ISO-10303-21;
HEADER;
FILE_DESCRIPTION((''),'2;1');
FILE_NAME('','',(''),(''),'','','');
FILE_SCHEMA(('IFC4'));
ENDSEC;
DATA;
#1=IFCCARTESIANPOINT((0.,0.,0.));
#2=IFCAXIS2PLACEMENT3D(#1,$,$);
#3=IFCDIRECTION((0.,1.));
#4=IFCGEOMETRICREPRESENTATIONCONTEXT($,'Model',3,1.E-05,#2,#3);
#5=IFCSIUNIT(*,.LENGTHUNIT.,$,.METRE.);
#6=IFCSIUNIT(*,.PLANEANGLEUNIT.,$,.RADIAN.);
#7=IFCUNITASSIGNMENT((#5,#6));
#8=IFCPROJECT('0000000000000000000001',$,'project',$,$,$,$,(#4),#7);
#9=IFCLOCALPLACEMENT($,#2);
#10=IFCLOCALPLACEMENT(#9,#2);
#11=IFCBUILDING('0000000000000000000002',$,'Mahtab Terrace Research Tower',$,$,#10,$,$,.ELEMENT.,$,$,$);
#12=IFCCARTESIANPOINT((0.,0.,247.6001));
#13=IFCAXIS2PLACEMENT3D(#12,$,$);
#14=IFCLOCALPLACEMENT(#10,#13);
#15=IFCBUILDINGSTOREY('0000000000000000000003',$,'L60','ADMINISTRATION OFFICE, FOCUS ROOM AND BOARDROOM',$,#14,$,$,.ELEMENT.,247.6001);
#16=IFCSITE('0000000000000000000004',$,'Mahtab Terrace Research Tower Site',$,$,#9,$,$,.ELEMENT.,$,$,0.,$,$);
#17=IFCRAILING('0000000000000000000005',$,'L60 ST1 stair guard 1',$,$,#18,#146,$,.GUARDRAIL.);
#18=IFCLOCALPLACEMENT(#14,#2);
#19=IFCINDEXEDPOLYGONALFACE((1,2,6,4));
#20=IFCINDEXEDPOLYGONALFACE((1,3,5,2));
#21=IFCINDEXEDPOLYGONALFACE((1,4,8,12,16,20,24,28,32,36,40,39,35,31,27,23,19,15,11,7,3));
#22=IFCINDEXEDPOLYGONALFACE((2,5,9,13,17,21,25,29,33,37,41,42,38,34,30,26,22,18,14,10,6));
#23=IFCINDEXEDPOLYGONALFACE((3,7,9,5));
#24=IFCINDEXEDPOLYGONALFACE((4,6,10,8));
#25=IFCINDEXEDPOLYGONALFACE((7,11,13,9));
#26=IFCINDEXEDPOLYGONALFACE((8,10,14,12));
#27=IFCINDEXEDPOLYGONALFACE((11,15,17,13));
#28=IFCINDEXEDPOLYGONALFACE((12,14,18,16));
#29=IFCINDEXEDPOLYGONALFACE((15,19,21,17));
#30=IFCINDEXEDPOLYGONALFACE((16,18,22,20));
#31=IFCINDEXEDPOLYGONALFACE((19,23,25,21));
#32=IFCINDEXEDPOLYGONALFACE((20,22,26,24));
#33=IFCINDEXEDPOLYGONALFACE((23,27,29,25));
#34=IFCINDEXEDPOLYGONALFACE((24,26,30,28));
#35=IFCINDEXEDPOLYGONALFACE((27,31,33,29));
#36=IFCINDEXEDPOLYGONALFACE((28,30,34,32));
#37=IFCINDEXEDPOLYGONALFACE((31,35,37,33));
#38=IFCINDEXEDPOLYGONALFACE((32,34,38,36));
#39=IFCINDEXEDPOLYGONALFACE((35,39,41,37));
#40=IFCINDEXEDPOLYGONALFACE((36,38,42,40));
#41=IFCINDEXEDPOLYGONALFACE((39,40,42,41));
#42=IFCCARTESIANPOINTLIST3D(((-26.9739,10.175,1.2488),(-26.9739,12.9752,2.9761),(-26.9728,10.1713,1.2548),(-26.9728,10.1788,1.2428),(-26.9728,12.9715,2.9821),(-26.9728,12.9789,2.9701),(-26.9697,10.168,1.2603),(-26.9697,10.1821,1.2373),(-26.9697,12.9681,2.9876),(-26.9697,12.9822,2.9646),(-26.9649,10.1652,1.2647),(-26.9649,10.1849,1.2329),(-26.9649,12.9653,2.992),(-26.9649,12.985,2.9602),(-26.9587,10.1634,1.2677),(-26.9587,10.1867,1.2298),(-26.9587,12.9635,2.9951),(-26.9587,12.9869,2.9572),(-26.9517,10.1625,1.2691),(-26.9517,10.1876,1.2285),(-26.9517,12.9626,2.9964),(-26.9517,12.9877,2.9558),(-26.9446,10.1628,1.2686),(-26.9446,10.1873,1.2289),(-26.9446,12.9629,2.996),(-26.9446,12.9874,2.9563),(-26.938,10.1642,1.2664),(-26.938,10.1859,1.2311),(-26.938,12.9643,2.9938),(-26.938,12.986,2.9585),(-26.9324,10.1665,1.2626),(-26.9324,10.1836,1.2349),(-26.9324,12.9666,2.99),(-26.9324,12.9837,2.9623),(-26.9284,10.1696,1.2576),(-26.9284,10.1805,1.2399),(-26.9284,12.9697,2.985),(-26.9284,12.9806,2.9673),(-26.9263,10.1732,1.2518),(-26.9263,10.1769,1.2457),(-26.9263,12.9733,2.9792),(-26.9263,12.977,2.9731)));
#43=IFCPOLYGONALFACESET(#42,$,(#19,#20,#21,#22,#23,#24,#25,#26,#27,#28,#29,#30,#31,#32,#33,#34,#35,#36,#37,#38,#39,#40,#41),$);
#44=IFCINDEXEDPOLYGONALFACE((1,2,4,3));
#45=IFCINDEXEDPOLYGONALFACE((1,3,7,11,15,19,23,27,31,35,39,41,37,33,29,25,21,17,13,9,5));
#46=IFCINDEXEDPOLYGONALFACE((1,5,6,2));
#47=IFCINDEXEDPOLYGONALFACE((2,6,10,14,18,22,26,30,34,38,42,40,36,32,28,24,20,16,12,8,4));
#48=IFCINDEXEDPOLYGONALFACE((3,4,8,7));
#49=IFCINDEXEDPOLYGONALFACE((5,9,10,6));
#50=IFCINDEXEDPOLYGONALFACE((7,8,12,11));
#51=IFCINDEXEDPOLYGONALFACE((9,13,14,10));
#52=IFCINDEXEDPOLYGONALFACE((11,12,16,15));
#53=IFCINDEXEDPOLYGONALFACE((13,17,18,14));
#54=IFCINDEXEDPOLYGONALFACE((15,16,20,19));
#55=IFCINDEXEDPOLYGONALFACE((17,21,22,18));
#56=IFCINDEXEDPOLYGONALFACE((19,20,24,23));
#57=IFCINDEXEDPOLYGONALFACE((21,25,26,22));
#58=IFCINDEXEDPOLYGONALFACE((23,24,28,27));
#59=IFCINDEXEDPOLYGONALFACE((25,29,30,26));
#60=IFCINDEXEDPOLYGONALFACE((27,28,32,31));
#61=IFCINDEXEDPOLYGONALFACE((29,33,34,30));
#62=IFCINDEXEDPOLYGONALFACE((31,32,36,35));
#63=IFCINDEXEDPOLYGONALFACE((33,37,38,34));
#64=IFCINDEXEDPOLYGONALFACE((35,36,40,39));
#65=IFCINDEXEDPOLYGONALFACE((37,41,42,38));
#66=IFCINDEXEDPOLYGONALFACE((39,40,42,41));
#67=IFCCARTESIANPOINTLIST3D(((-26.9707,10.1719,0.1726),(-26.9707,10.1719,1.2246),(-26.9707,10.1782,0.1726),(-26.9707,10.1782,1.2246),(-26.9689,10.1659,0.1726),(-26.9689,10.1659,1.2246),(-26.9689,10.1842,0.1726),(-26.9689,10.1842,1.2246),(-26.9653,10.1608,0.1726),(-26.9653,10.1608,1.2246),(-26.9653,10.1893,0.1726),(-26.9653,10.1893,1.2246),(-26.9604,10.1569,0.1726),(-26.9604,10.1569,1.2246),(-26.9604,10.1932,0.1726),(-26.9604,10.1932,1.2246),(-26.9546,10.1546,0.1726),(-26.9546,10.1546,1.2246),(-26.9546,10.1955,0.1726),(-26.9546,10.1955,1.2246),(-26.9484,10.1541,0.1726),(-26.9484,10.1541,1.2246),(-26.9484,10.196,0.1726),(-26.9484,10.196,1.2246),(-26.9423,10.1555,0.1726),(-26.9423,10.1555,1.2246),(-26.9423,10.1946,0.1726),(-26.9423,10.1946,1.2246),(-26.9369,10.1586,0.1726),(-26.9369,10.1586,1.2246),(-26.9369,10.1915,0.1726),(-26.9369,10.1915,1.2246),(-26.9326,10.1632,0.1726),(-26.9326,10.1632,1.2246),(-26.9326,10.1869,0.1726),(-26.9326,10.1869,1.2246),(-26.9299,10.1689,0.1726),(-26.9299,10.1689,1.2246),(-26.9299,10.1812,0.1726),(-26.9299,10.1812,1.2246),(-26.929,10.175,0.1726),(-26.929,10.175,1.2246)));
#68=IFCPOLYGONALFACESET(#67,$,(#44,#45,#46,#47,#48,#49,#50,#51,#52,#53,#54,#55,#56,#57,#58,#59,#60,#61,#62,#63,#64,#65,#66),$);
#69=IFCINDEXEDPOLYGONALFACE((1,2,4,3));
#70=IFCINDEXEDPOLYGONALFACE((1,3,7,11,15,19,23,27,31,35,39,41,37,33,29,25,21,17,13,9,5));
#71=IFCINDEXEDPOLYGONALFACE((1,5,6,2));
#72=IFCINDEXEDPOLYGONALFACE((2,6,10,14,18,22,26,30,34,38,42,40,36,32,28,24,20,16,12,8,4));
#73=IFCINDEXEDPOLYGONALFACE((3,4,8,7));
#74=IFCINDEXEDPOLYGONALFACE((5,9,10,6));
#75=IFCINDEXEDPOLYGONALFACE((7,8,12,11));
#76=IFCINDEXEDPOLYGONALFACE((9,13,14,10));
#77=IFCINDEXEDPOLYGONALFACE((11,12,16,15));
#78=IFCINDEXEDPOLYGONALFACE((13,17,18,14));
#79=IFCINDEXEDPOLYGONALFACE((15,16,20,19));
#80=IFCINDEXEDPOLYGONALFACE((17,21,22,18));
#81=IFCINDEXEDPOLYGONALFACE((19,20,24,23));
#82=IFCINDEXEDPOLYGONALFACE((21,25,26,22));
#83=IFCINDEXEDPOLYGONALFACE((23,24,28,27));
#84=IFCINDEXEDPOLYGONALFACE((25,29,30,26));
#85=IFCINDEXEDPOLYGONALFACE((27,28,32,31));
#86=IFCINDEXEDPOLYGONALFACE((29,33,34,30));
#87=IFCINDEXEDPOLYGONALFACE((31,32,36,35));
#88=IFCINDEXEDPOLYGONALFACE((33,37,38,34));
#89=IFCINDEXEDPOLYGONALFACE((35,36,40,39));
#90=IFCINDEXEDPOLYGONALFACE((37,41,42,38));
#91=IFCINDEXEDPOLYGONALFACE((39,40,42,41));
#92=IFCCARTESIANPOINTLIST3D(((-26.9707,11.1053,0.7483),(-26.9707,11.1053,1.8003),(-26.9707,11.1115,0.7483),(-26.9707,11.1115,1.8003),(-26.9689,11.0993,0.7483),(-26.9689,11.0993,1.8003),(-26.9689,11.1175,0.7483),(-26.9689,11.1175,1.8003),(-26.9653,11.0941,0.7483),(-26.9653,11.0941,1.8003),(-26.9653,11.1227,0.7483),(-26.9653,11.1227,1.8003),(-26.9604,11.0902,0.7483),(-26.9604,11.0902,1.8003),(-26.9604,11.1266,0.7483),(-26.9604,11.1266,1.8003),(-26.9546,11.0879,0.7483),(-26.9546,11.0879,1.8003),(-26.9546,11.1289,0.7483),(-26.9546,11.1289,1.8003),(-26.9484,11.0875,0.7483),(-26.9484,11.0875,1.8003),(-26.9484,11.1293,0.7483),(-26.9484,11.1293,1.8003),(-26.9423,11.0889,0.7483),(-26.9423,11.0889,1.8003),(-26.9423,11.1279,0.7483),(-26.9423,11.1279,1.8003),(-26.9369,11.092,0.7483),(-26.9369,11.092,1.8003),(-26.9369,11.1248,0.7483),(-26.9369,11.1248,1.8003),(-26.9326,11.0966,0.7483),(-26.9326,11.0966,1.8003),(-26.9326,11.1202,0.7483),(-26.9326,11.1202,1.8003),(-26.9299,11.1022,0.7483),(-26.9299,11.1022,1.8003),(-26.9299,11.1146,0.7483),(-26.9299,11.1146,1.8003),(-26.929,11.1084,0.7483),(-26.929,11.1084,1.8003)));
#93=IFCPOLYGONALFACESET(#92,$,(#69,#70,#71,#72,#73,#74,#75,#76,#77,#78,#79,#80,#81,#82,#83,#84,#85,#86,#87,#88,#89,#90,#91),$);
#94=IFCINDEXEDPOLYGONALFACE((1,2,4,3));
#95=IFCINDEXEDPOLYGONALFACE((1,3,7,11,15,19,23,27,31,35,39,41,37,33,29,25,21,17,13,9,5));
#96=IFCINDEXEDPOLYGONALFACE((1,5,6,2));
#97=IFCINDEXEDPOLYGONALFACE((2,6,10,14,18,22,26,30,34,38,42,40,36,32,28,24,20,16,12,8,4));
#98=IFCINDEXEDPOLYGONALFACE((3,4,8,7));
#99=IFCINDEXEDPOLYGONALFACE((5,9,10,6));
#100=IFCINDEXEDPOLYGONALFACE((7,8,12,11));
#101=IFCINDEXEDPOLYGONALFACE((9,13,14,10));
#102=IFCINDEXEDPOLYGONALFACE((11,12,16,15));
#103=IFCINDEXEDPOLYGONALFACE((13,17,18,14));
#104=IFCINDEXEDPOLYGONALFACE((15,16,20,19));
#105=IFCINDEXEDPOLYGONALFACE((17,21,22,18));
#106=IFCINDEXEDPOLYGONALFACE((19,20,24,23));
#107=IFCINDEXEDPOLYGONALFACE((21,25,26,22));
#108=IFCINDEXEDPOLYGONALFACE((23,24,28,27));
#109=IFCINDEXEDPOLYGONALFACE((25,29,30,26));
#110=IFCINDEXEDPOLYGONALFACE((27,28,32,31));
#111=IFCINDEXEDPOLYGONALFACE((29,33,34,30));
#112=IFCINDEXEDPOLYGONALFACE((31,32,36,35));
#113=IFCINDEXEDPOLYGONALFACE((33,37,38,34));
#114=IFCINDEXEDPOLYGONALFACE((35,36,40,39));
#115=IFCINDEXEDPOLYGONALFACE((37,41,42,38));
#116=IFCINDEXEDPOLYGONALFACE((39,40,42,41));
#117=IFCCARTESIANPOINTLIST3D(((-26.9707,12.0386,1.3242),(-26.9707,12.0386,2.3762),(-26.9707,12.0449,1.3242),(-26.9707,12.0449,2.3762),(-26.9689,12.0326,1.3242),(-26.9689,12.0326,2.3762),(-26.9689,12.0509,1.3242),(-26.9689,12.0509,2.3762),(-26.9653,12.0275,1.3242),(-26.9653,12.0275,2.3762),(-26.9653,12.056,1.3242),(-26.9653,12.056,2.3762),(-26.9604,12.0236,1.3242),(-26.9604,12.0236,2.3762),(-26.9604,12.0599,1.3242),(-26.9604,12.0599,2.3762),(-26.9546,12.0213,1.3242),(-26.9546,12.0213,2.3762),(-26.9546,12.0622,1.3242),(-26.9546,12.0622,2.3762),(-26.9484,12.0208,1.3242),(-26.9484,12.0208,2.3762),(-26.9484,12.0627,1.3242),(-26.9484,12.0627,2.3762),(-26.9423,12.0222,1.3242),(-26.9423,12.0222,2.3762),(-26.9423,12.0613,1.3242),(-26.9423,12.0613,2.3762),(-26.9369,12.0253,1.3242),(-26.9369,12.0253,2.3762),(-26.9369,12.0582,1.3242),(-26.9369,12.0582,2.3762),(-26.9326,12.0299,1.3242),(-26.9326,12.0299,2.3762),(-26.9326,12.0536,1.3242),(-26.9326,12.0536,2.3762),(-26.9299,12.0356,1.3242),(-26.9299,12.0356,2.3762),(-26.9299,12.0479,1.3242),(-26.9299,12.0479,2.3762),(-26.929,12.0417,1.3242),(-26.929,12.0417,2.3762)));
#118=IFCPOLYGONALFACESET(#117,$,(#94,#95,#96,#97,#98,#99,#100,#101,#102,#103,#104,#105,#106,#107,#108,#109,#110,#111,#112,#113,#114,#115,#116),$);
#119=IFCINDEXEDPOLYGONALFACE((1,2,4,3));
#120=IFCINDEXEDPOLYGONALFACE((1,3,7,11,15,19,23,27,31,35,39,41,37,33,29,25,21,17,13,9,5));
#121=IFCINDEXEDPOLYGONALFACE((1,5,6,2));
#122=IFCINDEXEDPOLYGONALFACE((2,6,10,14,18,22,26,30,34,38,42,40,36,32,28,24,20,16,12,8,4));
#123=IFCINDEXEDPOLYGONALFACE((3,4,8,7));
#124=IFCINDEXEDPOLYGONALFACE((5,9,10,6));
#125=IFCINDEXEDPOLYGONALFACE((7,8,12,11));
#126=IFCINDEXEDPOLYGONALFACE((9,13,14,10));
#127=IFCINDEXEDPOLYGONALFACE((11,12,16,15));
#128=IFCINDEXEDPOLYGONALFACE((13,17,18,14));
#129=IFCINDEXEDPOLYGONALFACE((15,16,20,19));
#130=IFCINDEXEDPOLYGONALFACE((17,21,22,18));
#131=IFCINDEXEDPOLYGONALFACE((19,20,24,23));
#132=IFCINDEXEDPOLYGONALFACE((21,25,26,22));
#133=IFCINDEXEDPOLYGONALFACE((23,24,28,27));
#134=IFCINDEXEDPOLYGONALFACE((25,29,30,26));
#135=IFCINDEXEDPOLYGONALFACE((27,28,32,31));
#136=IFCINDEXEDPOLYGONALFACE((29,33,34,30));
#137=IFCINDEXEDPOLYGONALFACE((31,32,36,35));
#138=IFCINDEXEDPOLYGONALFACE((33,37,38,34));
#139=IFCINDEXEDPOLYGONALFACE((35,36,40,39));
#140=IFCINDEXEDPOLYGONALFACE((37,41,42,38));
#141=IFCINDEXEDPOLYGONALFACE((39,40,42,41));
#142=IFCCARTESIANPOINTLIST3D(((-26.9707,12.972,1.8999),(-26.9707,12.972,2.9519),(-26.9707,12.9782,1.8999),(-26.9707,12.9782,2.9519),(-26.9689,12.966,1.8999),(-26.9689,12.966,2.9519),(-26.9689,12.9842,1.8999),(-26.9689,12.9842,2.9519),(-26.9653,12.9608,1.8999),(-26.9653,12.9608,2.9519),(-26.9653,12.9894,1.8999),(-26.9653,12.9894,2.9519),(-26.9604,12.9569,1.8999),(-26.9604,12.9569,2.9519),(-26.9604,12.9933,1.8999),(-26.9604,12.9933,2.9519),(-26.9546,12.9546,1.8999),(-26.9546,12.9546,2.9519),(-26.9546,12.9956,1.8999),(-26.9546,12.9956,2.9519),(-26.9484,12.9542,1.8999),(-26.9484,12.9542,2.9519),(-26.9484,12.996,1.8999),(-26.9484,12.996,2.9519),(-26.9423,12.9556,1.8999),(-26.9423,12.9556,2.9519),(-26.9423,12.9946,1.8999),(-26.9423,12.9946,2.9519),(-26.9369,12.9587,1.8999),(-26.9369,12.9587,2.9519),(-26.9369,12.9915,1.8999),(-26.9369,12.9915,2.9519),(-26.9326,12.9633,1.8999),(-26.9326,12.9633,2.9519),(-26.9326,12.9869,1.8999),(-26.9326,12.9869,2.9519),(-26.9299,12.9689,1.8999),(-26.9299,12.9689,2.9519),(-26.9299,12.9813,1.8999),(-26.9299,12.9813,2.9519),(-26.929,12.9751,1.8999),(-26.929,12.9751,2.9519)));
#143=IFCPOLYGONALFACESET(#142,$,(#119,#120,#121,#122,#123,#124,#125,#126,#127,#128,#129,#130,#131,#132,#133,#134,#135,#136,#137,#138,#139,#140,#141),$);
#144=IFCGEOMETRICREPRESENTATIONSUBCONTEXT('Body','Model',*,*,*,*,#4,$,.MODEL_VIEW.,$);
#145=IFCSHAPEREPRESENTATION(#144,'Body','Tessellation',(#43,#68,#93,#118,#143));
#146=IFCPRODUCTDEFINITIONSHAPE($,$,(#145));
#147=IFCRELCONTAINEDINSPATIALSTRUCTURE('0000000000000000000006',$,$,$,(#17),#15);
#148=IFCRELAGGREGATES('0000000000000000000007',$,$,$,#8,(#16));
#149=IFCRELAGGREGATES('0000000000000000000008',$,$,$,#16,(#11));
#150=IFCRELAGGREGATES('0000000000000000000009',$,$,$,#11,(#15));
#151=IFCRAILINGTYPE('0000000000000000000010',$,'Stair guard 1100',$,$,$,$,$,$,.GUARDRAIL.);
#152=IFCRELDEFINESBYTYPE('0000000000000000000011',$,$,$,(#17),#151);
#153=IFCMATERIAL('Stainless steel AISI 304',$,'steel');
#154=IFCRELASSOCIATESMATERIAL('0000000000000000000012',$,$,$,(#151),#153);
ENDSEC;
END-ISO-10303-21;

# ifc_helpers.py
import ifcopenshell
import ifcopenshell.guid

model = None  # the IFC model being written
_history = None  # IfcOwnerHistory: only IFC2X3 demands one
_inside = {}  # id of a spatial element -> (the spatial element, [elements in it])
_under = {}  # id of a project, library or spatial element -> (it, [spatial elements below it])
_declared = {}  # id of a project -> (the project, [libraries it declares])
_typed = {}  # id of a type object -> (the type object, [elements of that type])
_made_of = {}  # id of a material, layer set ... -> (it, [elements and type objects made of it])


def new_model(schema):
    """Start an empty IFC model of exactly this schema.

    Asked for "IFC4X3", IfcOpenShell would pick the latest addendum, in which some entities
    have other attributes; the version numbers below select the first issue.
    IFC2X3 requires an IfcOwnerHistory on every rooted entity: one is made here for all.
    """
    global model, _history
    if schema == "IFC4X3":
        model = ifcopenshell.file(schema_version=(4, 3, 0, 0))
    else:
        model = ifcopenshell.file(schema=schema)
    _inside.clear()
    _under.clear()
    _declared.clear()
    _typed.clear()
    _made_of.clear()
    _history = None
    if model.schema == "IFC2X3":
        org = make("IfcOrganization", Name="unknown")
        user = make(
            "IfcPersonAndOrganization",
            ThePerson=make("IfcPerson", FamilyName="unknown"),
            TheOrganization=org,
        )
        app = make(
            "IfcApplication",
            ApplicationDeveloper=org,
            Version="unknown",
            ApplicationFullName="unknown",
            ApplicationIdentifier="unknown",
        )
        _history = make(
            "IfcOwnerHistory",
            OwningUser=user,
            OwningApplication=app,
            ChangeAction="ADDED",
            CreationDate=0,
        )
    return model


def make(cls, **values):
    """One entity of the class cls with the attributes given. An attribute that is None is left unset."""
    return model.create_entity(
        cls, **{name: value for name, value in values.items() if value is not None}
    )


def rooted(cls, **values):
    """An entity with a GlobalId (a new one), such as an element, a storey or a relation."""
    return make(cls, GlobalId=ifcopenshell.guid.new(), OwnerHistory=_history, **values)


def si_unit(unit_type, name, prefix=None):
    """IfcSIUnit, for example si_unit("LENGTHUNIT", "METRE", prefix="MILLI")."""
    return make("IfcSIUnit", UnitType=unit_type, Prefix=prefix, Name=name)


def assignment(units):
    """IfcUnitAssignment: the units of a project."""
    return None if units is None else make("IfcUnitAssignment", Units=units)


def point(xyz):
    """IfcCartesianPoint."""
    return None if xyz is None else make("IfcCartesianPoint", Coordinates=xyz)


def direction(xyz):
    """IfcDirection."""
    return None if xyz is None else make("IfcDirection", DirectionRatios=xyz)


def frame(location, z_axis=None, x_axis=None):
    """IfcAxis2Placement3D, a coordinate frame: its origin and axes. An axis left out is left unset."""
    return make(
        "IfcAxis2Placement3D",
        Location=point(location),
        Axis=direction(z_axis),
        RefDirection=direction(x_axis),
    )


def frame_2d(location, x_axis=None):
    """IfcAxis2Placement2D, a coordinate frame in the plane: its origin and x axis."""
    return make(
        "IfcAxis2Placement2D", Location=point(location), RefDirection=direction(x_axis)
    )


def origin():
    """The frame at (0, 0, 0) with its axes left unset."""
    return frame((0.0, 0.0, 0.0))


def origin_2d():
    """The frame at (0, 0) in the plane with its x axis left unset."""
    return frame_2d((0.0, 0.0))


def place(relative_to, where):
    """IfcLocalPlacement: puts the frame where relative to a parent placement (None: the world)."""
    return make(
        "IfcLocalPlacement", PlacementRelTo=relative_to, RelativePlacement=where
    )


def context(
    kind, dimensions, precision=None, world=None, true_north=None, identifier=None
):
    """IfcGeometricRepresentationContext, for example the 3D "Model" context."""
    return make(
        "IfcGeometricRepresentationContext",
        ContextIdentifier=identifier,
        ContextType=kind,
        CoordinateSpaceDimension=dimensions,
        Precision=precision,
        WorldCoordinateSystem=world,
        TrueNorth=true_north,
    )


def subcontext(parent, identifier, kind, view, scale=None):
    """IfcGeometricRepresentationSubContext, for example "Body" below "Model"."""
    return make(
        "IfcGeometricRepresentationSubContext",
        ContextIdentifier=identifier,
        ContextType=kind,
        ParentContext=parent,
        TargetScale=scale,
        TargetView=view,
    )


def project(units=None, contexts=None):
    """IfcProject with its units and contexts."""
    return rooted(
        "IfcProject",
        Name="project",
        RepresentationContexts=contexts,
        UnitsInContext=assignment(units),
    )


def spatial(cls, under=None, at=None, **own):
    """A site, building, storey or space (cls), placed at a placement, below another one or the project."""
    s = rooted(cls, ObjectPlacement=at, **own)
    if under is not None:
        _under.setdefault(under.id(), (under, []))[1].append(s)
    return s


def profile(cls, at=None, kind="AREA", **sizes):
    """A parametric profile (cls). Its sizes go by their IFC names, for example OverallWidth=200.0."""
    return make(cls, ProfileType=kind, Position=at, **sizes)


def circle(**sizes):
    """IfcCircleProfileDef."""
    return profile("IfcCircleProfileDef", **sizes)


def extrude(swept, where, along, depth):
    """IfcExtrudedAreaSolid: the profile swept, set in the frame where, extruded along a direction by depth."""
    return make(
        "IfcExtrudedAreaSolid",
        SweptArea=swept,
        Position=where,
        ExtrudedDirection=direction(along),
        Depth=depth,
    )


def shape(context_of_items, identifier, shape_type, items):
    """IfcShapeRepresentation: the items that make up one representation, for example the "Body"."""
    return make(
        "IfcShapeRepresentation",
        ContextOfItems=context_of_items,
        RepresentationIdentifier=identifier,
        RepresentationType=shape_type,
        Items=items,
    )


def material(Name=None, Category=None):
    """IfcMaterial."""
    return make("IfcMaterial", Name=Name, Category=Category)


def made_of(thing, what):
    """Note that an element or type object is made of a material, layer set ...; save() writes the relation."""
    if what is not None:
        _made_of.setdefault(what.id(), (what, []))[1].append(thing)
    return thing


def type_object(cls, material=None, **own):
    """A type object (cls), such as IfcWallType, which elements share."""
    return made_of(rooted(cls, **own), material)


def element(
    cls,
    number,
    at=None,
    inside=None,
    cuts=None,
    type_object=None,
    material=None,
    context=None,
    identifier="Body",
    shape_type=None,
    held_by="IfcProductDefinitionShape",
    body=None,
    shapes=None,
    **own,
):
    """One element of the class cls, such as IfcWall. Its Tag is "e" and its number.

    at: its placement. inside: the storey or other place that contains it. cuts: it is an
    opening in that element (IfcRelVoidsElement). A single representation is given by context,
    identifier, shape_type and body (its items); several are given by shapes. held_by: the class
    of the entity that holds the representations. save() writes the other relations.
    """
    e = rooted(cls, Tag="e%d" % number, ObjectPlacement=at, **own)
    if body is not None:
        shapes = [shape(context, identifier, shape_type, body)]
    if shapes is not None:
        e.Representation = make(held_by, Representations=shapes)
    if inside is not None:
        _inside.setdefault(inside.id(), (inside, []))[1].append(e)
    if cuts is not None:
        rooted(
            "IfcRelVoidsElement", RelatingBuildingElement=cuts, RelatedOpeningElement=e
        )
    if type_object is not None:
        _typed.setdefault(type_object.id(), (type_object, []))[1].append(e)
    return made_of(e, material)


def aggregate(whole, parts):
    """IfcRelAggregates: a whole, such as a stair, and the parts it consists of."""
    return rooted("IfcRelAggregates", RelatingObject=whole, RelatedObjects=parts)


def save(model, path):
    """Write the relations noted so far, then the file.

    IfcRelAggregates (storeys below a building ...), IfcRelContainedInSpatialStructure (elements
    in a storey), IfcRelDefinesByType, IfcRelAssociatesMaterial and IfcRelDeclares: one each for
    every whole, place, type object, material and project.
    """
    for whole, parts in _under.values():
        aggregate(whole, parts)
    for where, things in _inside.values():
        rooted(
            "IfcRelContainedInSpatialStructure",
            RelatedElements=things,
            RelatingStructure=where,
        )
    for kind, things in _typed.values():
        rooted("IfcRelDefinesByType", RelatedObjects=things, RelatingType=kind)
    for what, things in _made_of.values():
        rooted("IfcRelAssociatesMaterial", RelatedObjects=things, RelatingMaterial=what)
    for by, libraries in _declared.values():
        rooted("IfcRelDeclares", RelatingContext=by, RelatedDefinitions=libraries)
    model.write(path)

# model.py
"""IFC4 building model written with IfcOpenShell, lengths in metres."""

from ifc_helpers import new_model, si_unit, direction, frame, origin, origin_2d, place, context, subcontext, project, spatial, circle, extrude, material, type_object, element, save


model = new_model("IFC4")

# Units and contexts
model_context = context("Model", 3, precision=1e-05, world=origin(), true_north=direction((0.0, 1.0)))
body_context = subcontext(model_context, "Body", "Model", "MODEL_VIEW")
ifc_project = project(units=[si_unit("LENGTHUNIT", "METRE"), si_unit("PLANEANGLEUNIT", "RADIAN")], contexts=[model_context])

# Site, building, storey
site_placement = place(None, origin())
site = spatial("IfcSite", under=ifc_project, at=site_placement, Name="Mahtab Terrace Research Tower Site", CompositionType="ELEMENT", RefElevation=0.0)
building_placement = place(site_placement, origin())
building = spatial("IfcBuilding", under=site, at=building_placement, Name="Mahtab Terrace Research Tower", CompositionType="ELEMENT")
storey_placement = place(building_placement, frame((0.0, 0.0, 247.6001)))
storey = spatial("IfcBuildingStorey", under=building, at=storey_placement, Name="L60", Description="ADMINISTRATION OFFICE, FOCUS ROOM AND BOARDROOM", CompositionType="ELEMENT", Elevation=247.6001)

# Railing
ifc_material_1 = material(Name="Stainless steel AISI 304", Category="steel")
railing_type_1 = type_object("IfcRailingType", Name="Stair guard 1100", PredefinedType="GUARDRAIL", material=ifc_material_1)
railing_1_placement = place(storey_placement, frame((-26.95, 10.175, 0.1726)))
element("IfcRailing", 1, at=railing_1_placement, inside=storey, type_object=railing_type_1, Name="L60 ST1 stair guard 1", PredefinedType="GUARDRAIL", context=body_context, shape_type="SweptSolid", body=[
    extrude(circle(Radius=0.0239, at=origin_2d()), frame((0.0, 0.0, 1.0762), z_axis=(0.0, 0.85109, 0.52502), x_axis=(-1.0, 0.0, 0.0)), (0.0, 0.0, 1.0), 3.29),
    extrude(circle(Radius=0.021, at=origin_2d()), origin(), (0.0, 0.0, 1.0), 1.052),
    extrude(circle(Radius=0.021, at=origin_2d()), frame((0.0, 0.9333, 0.5757)), (0.0, 0.0, 1.0), 1.052),
    extrude(circle(Radius=0.021, at=origin_2d()), frame((0.0, 1.8667, 1.1516)), (0.0, 0.0, 1.0), 1.052),
    extrude(circle(Radius=0.021, at=origin_2d()), frame((0.0, 2.8, 1.7273)), (0.0, 0.0, 1.0), 1.052),
])

save(model, "model.ifc")
